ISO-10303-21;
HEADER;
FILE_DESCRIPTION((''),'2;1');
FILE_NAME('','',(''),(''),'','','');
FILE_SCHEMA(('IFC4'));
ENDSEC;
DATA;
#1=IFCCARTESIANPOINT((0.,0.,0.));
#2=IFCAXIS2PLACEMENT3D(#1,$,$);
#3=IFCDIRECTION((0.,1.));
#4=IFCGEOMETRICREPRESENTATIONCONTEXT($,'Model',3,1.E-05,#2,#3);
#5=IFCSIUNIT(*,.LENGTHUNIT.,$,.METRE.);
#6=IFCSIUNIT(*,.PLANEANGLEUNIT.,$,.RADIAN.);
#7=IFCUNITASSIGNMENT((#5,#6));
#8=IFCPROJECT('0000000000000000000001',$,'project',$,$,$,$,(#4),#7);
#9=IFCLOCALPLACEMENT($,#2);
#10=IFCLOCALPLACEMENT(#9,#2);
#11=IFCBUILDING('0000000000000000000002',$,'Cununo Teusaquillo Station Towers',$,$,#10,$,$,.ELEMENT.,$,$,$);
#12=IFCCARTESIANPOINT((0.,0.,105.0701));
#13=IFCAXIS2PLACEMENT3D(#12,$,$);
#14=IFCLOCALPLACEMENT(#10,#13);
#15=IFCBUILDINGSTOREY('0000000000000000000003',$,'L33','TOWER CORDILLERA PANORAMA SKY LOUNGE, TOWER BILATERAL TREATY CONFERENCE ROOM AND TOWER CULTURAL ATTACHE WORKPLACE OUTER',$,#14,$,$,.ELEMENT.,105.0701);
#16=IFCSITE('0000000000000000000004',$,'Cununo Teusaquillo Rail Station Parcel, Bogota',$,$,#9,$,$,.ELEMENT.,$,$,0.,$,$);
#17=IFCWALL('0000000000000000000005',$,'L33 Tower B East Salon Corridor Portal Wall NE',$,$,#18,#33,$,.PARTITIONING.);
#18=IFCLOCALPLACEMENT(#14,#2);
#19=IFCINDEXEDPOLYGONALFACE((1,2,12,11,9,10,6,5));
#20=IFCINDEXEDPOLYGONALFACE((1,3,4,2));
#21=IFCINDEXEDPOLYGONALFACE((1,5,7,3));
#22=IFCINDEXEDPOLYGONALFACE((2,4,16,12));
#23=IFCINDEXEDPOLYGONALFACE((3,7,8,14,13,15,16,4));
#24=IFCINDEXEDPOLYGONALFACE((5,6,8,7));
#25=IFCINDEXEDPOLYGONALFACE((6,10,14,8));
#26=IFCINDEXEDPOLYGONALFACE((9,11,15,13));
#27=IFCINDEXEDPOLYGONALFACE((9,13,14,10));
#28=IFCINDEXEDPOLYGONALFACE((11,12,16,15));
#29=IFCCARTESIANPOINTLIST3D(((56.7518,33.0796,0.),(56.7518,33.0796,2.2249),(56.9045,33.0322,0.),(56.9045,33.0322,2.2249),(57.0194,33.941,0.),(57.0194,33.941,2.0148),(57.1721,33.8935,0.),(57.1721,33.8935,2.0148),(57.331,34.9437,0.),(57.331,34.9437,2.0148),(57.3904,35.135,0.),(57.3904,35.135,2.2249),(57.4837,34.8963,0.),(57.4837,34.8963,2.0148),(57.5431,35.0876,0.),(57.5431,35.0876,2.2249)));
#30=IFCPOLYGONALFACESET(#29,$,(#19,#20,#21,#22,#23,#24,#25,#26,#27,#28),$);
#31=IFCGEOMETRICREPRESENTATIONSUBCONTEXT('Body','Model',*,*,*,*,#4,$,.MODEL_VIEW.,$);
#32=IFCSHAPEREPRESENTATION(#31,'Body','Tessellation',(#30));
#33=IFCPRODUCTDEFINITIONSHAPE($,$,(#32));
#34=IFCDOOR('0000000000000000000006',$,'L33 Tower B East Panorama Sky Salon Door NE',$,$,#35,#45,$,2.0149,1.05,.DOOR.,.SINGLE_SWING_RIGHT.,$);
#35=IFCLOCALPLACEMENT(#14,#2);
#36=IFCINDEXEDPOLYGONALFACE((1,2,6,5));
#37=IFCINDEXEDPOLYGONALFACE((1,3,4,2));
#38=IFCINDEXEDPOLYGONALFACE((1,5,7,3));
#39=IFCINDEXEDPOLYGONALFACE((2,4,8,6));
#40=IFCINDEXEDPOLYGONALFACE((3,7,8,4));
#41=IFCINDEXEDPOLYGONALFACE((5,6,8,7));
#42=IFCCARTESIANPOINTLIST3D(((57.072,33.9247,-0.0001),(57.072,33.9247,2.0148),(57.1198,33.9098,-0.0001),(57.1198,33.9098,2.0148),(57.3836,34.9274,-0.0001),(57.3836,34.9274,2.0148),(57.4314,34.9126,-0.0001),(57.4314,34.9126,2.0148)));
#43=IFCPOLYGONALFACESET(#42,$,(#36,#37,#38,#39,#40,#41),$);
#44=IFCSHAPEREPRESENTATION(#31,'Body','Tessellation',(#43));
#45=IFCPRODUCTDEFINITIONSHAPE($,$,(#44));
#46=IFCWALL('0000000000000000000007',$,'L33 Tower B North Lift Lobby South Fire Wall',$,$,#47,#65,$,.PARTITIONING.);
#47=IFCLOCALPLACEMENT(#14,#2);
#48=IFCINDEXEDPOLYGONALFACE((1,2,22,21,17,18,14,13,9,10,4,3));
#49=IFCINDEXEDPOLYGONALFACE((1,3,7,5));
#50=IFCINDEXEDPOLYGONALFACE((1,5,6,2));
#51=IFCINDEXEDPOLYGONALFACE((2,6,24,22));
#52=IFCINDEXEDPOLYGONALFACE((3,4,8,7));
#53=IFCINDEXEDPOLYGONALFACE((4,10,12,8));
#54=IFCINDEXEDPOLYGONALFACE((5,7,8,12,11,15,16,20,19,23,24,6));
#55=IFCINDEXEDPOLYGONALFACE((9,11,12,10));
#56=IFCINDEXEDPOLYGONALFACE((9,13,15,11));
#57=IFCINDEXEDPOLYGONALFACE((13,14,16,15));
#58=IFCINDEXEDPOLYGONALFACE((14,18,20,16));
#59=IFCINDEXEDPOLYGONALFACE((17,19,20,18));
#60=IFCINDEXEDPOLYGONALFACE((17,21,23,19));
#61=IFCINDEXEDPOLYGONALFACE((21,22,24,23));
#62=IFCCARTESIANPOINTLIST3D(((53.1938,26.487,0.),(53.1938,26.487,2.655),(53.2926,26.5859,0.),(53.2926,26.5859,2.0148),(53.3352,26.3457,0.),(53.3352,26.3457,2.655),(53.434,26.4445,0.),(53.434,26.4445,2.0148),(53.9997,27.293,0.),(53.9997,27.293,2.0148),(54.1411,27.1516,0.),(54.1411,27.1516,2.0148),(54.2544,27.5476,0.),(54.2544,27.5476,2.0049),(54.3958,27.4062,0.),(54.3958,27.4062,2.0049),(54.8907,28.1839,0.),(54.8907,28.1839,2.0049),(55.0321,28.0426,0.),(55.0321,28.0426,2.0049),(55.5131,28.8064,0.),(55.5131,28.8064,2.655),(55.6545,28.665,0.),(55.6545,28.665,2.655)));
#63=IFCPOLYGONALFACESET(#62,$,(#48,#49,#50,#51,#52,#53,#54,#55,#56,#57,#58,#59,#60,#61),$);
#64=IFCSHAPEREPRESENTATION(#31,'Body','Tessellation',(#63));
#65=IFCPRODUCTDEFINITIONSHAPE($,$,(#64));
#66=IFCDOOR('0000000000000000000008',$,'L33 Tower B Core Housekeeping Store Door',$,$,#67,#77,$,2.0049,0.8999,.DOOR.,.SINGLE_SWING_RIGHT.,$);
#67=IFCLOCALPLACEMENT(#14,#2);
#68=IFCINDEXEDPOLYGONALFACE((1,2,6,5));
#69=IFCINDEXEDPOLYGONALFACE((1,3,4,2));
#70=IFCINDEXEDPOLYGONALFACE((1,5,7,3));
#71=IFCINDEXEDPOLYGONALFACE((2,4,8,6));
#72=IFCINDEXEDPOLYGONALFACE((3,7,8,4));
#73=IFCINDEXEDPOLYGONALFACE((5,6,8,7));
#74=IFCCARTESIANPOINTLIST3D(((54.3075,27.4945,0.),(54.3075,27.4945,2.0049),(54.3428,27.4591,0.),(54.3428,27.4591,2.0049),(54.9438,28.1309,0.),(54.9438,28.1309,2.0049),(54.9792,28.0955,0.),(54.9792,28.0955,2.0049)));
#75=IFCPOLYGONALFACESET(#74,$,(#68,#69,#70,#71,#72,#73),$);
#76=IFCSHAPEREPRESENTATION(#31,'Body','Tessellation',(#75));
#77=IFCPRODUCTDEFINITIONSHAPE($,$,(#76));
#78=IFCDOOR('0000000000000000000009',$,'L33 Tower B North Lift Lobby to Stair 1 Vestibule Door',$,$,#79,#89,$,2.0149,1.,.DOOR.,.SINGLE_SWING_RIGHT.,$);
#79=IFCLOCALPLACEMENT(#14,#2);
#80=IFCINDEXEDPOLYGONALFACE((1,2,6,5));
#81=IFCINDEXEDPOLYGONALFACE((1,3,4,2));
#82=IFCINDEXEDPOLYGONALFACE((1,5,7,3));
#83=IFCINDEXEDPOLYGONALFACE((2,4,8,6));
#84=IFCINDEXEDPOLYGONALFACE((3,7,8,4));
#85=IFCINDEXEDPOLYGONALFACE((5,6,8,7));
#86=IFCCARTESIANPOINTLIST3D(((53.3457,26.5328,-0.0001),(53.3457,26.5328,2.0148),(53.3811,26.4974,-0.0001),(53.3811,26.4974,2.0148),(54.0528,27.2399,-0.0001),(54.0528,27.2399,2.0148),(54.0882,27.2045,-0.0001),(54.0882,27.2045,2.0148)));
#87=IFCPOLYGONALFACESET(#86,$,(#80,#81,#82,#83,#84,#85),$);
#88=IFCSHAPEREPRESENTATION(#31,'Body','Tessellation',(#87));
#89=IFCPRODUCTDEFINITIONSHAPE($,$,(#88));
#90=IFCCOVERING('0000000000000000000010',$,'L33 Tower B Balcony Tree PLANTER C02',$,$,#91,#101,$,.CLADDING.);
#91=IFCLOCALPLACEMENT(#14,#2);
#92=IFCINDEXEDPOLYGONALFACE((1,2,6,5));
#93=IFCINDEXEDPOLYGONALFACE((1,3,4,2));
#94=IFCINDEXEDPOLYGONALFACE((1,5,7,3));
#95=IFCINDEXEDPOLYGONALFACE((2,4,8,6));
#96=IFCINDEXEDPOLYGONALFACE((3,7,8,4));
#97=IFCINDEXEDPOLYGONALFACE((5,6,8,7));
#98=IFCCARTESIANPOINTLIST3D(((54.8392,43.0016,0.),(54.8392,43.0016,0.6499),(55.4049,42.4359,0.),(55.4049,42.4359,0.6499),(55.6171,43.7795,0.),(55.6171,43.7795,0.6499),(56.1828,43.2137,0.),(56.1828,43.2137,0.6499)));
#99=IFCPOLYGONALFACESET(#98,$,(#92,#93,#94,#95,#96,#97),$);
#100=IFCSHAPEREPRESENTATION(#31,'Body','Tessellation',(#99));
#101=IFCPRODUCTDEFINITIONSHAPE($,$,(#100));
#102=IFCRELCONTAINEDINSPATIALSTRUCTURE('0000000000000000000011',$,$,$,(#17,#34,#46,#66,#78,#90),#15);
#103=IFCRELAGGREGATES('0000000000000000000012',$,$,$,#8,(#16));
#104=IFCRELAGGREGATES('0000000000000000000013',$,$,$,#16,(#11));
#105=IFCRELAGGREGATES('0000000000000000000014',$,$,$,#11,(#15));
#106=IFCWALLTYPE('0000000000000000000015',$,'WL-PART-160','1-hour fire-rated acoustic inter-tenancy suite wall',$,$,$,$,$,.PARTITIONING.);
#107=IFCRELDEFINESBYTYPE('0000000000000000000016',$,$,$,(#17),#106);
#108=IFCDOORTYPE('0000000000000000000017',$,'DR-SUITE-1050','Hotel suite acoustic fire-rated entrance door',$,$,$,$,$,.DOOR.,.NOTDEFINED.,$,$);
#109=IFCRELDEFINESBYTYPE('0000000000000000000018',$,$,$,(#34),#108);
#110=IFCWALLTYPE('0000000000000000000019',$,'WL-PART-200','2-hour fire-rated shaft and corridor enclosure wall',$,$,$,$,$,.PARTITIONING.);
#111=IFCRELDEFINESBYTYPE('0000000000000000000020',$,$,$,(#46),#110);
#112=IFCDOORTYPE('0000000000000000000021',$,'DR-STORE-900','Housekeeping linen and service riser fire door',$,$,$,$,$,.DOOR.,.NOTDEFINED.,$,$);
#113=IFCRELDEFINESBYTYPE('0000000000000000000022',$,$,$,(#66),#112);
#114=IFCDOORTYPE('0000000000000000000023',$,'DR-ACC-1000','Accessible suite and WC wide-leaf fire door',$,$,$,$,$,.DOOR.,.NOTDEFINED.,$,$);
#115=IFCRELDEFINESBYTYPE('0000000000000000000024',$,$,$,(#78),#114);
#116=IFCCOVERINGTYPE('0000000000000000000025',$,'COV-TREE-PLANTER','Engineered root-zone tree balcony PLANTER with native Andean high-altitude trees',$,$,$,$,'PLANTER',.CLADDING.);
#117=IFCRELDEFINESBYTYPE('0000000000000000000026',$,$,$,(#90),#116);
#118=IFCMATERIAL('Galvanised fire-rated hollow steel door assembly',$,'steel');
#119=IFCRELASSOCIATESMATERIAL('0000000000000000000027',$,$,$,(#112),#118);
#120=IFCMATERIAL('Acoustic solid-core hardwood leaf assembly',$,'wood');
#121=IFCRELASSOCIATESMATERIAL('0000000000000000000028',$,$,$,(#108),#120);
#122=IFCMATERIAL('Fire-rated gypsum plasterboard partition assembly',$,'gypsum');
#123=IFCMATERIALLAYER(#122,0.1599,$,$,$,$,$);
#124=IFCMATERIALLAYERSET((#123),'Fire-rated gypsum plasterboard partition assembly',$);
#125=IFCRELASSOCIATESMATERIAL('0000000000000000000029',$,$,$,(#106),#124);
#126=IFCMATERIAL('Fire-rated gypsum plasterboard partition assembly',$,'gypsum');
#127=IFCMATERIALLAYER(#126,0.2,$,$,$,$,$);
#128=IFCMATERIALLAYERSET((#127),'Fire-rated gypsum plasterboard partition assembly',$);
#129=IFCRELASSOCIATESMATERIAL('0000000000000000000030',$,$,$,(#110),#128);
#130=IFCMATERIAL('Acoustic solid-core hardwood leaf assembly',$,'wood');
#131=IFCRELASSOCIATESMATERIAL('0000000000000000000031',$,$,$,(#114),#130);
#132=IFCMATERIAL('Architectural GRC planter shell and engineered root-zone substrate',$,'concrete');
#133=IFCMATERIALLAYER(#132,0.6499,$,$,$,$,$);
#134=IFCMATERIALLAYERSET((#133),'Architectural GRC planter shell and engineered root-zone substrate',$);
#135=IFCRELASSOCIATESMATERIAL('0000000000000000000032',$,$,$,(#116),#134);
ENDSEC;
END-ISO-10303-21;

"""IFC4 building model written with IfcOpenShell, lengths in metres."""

from ifc_helpers import new_model, si_unit, direction, frame, frame_2d, origin, origin_2d, place, context, subcontext, project, spatial, rectangle, extrude, source, transform, mapped, material, layer, layer_set, type_object, element, fill, save


model = new_model("IFC4")

# Units and contexts
model_context = context("Model", 3, precision=1e-05, world=origin(), true_north=direction((0.0, 1.0)))
body_context = subcontext(model_context, "Body", "Model", "MODEL_VIEW")
ifc_project = project(units=[si_unit("LENGTHUNIT", "METRE"), si_unit("PLANEANGLEUNIT", "RADIAN")], contexts=[model_context])

# Site, building, storey
site_placement = place(None, origin())
site = spatial("IfcSite", under=ifc_project, at=site_placement, Name="Cununo Teusaquillo Rail Station Parcel, Bogota", CompositionType="ELEMENT", RefElevation=0.0)
building_placement = place(site_placement, origin())
building = spatial("IfcBuilding", under=site, at=building_placement, Name="Cununo Teusaquillo Station Towers", CompositionType="ELEMENT")
storey_placement = place(building_placement, frame((0.0, 0.0, 105.0701)))
storey = spatial("IfcBuildingStorey", under=building, at=storey_placement, Name="L33", Description="TOWER CORDILLERA PANORAMA SKY LOUNGE, TOWER BILATERAL TREATY CONFERENCE ROOM AND TOWER CULTURAL ATTACHE WORKPLACE OUTER", CompositionType="ELEMENT", Elevation=105.0701)

# Shared definitions
ifc_material_1 = material(Name="Galvanised fire-rated hollow steel door assembly", Category="steel")
door_type_1 = type_object("IfcDoorType", Name="DR-STORE-900", Description="Housekeeping linen and service riser fire door", OperationType="NOTDEFINED", PredefinedType="DOOR", material=ifc_material_1)
shared_shape_1 = source(origin(), body_context, "Body", "SweptSolid", [
    extrude(rectangle(XDim=0.8999, YDim=2.0049, at=frame_2d((0.45, 1.0024))), frame((0.0, 0.0249, 0.0), z_axis=(0.0, -1.0, 0.0), x_axis=(1.0, 0.0, 0.0)), (0.0, 0.0, 1.0), 0.05),
])

# Shared definitions
ifc_material_2 = material(Name="Acoustic solid-core hardwood leaf assembly", Category="wood")
door_type_2 = type_object("IfcDoorType", Name="DR-SUITE-1050", Description="Hotel suite acoustic fire-rated entrance door", OperationType="NOTDEFINED", PredefinedType="DOOR", material=ifc_material_2)
shared_shape_2 = source(origin(), body_context, "Body", "SweptSolid", [
    extrude(rectangle(XDim=1.05, YDim=2.0149, at=frame_2d((0.5249, 1.0073))), frame((0.0, 0.0249, 0.0), z_axis=(0.0, -1.0, 0.0), x_axis=(1.0, 0.0, 0.0)), (0.0, 0.0, 1.0), 0.05),
])

# Shared definitions
ifc_material_3 = material(Name="Fire-rated gypsum plasterboard partition assembly", Category="gypsum")
ifc_layer_1 = layer(ifc_material_3, 0.1599)
ifc_layer_set_1 = layer_set([ifc_layer_1], Name="Fire-rated gypsum plasterboard partition assembly")
wall_type_1 = type_object("IfcWallType", Name="WL-PART-160", Description="1-hour fire-rated acoustic inter-tenancy suite wall", PredefinedType="PARTITIONING", material=ifc_layer_set_1)

# Wall, opening, door
wall_1_placement = place(storey_placement, frame((56.8281, 33.0559, 0.0), z_axis=(0.0, 0.0, 1.0), x_axis=(0.296731, 0.954961, 0.0)))
wall_1 = element("IfcWall", 1, at=wall_1_placement, inside=storey, type_object=wall_type_1, Name="L33 Tower B East Salon Corridor Portal Wall NE", PredefinedType="PARTITIONING", context=body_context, shape_type="SweptSolid", body=[
    extrude(rectangle(XDim=2.1523, YDim=0.1599, at=frame_2d((1.0762, 0.0))), origin(), (0.0, 0.0, 1.0), 2.2249),
])
shared_shape_3 = source(origin(), body_context, "Body", "SweptSolid", [
    extrude(rectangle(XDim=1.05, YDim=2.0149, at=frame_2d((0.5249, 1.0073))), frame((0.0, 0.0898, 0.0), z_axis=(0.0, -1.0, 0.0), x_axis=(1.0, 0.0, 0.0)), (0.0, 0.0, 1.0), 0.1799),
])
opening_1_placement = place(wall_1_placement, frame((0.9021, 0.0, 0.0)))
opening_1 = element("IfcOpeningElement", 2, at=opening_1_placement, cuts=wall_1, PredefinedType="OPENING", context=body_context, shape_type="MappedRepresentation", body=[
    mapped(shared_shape_3, transform((0.0, 0.0, 0.0), x_axis=(1.0, 0.0, 0.0), y_axis=(0.0, 1.0, 0.0), z_axis=(0.0, 0.0, 1.0), scale=1.0)),
])
door_1_placement = place(opening_1_placement, origin())
door_1 = element("IfcDoor", 3, at=door_1_placement, inside=storey, type_object=door_type_2, Name="L33 Tower B East Panorama Sky Salon Door NE", OperationType="SINGLE_SWING_RIGHT", OverallHeight=2.0149, OverallWidth=1.05, PredefinedType="DOOR", context=body_context, shape_type="MappedRepresentation", body=[
    mapped(shared_shape_2, transform((0.0, 0.0, 0.0), x_axis=(1.0, 0.0, 0.0), y_axis=(0.0, 1.0, 0.0), z_axis=(0.0, 0.0, 1.0), scale=1.0)),
])
fill(opening_1, door_1)

# Wall, openings, doors
ifc_material_4 = material(Name="Fire-rated gypsum plasterboard partition assembly", Category="gypsum")
ifc_layer_2 = layer(ifc_material_4, 0.2)
ifc_layer_set_2 = layer_set([ifc_layer_2], Name="Fire-rated gypsum plasterboard partition assembly")
wall_type_2 = type_object("IfcWallType", Name="WL-PART-200", Description="2-hour fire-rated shaft and corridor enclosure wall", PredefinedType="PARTITIONING", material=ifc_layer_set_2)
wall_2_placement = place(storey_placement, frame((53.2644, 26.4163, 0.0), z_axis=(0.0, 0.0, 1.0), x_axis=(0.707107, 0.707107, 0.0)))
wall_2 = element("IfcWall", 4, at=wall_2_placement, inside=storey, type_object=wall_type_2, Name="L33 Tower B North Lift Lobby South Fire Wall", PredefinedType="PARTITIONING", context=body_context, shape_type="SweptSolid", body=[
    extrude(rectangle(XDim=3.28, YDim=0.2, at=frame_2d((1.6401, 0.0))), origin(), (0.0, 0.0, 1.0), 2.655),
])
shared_shape_4 = source(origin(), body_context, "Body", "SweptSolid", [
    extrude(rectangle(XDim=1.0, YDim=2.0149, at=frame_2d((0.5, 1.0073))), frame((0.0, 0.1099, 0.0), z_axis=(0.0, -1.0, 0.0), x_axis=(1.0, 0.0, 0.0)), (0.0, 0.0, 1.0), 0.22),
])
opening_2_placement = place(wall_2_placement, frame((0.1399, 0.0, 0.0)))
opening_2 = element("IfcOpeningElement", 5, at=opening_2_placement, cuts=wall_2, PredefinedType="OPENING", context=body_context, shape_type="MappedRepresentation", body=[
    mapped(shared_shape_4, transform((0.0, 0.0, 0.0), x_axis=(1.0, 0.0, 0.0), y_axis=(0.0, 1.0, 0.0), z_axis=(0.0, 0.0, 1.0), scale=1.0)),
])
shared_shape_5 = source(origin(), body_context, "Body", "SweptSolid", [
    extrude(rectangle(XDim=0.8999, YDim=2.0049, at=frame_2d((0.45, 1.0024))), frame((0.0, 0.1099, 0.0), z_axis=(0.0, -1.0, 0.0), x_axis=(1.0, 0.0, 0.0)), (0.0, 0.0, 1.0), 0.22),
])
opening_3_placement = place(wall_2_placement, frame((1.5, 0.0, 0.0)))
opening_3 = element("IfcOpeningElement", 6, at=opening_3_placement, cuts=wall_2, PredefinedType="OPENING", context=body_context, shape_type="MappedRepresentation", body=[
    mapped(shared_shape_5, transform((0.0, 0.0, 0.0), x_axis=(1.0, 0.0, 0.0), y_axis=(0.0, 1.0, 0.0), z_axis=(0.0, 0.0, 1.0), scale=1.0)),
])
door_2_placement = place(opening_3_placement, origin())
door_2 = element("IfcDoor", 7, at=door_2_placement, inside=storey, type_object=door_type_1, Name="L33 Tower B Core Housekeeping Store Door", OperationType="SINGLE_SWING_RIGHT", OverallHeight=2.0049, OverallWidth=0.8999, PredefinedType="DOOR", context=body_context, shape_type="MappedRepresentation", body=[
    mapped(shared_shape_1, transform((0.0, 0.0, 0.0), x_axis=(1.0, 0.0, 0.0), y_axis=(0.0, 1.0, 0.0), z_axis=(0.0, 0.0, 1.0), scale=1.0)),
])
fill(opening_3, door_2)
ifc_material_5 = material(Name="Acoustic solid-core hardwood leaf assembly", Category="wood")
door_type_3 = type_object("IfcDoorType", Name="DR-ACC-1000", Description="Accessible suite and WC wide-leaf fire door", OperationType="NOTDEFINED", PredefinedType="DOOR", material=ifc_material_5)
shared_shape_6 = source(origin(), body_context, "Body", "SweptSolid", [
    extrude(rectangle(XDim=1.0, YDim=2.0149, at=frame_2d((0.5, 1.0073))), frame((0.0, 0.0249, 0.0), z_axis=(0.0, -1.0, 0.0), x_axis=(1.0, 0.0, 0.0)), (0.0, 0.0, 1.0), 0.05),
])
door_3_placement = place(opening_2_placement, origin())
door_3 = element("IfcDoor", 8, at=door_3_placement, inside=storey, type_object=door_type_3, Name="L33 Tower B North Lift Lobby to Stair 1 Vestibule Door", OperationType="SINGLE_SWING_RIGHT", OverallHeight=2.0149, OverallWidth=1.0, PredefinedType="DOOR", context=body_context, shape_type="MappedRepresentation", body=[
    mapped(shared_shape_6, transform((0.0, 0.0, 0.0), x_axis=(1.0, 0.0, 0.0), y_axis=(0.0, 1.0, 0.0), z_axis=(0.0, 0.0, 1.0), scale=1.0)),
])
fill(opening_2, door_3)

# Covering
ifc_material_6 = material(Name="Architectural GRC planter shell and engineered root-zone substrate", Category="concrete")
ifc_layer_3 = layer(ifc_material_6, 0.6499)
ifc_layer_set_3 = layer_set([ifc_layer_3], Name="Architectural GRC planter shell and engineered root-zone substrate")
covering_type = type_object("IfcCoveringType", Name="COV-TREE-PLANTER", Description="Engineered root-zone tree balcony PLANTER with native Andean high-altitude trees", ElementType="PLANTER", PredefinedType="CLADDING", material=ifc_layer_set_3)
shared_shape_7 = source(origin(), body_context, "Body", "SweptSolid", [
    extrude(rectangle(XDim=1.1001, YDim=0.8, at=origin_2d()), origin(), (0.0, 0.0, 1.0), 0.6499),
])
covering_placement = place(storey_placement, frame((55.511, 43.1077, 0.0), z_axis=(0.0, 0.0, 1.0), x_axis=(0.707107, 0.707107, 0.0)))
element("IfcCovering", 9, at=covering_placement, inside=storey, type_object=covering_type, Name="L33 Tower B Balcony Tree PLANTER C02", PredefinedType="CLADDING", context=body_context, shape_type="MappedRepresentation", body=[
    mapped(shared_shape_7, transform((0.0, 0.0, 0.0), x_axis=(1.0, 0.0, 0.0), y_axis=(0.0, 1.0, 0.0), z_axis=(0.0, 0.0, 1.0), scale=1.0)),
])

save(model, "model.ifc")
